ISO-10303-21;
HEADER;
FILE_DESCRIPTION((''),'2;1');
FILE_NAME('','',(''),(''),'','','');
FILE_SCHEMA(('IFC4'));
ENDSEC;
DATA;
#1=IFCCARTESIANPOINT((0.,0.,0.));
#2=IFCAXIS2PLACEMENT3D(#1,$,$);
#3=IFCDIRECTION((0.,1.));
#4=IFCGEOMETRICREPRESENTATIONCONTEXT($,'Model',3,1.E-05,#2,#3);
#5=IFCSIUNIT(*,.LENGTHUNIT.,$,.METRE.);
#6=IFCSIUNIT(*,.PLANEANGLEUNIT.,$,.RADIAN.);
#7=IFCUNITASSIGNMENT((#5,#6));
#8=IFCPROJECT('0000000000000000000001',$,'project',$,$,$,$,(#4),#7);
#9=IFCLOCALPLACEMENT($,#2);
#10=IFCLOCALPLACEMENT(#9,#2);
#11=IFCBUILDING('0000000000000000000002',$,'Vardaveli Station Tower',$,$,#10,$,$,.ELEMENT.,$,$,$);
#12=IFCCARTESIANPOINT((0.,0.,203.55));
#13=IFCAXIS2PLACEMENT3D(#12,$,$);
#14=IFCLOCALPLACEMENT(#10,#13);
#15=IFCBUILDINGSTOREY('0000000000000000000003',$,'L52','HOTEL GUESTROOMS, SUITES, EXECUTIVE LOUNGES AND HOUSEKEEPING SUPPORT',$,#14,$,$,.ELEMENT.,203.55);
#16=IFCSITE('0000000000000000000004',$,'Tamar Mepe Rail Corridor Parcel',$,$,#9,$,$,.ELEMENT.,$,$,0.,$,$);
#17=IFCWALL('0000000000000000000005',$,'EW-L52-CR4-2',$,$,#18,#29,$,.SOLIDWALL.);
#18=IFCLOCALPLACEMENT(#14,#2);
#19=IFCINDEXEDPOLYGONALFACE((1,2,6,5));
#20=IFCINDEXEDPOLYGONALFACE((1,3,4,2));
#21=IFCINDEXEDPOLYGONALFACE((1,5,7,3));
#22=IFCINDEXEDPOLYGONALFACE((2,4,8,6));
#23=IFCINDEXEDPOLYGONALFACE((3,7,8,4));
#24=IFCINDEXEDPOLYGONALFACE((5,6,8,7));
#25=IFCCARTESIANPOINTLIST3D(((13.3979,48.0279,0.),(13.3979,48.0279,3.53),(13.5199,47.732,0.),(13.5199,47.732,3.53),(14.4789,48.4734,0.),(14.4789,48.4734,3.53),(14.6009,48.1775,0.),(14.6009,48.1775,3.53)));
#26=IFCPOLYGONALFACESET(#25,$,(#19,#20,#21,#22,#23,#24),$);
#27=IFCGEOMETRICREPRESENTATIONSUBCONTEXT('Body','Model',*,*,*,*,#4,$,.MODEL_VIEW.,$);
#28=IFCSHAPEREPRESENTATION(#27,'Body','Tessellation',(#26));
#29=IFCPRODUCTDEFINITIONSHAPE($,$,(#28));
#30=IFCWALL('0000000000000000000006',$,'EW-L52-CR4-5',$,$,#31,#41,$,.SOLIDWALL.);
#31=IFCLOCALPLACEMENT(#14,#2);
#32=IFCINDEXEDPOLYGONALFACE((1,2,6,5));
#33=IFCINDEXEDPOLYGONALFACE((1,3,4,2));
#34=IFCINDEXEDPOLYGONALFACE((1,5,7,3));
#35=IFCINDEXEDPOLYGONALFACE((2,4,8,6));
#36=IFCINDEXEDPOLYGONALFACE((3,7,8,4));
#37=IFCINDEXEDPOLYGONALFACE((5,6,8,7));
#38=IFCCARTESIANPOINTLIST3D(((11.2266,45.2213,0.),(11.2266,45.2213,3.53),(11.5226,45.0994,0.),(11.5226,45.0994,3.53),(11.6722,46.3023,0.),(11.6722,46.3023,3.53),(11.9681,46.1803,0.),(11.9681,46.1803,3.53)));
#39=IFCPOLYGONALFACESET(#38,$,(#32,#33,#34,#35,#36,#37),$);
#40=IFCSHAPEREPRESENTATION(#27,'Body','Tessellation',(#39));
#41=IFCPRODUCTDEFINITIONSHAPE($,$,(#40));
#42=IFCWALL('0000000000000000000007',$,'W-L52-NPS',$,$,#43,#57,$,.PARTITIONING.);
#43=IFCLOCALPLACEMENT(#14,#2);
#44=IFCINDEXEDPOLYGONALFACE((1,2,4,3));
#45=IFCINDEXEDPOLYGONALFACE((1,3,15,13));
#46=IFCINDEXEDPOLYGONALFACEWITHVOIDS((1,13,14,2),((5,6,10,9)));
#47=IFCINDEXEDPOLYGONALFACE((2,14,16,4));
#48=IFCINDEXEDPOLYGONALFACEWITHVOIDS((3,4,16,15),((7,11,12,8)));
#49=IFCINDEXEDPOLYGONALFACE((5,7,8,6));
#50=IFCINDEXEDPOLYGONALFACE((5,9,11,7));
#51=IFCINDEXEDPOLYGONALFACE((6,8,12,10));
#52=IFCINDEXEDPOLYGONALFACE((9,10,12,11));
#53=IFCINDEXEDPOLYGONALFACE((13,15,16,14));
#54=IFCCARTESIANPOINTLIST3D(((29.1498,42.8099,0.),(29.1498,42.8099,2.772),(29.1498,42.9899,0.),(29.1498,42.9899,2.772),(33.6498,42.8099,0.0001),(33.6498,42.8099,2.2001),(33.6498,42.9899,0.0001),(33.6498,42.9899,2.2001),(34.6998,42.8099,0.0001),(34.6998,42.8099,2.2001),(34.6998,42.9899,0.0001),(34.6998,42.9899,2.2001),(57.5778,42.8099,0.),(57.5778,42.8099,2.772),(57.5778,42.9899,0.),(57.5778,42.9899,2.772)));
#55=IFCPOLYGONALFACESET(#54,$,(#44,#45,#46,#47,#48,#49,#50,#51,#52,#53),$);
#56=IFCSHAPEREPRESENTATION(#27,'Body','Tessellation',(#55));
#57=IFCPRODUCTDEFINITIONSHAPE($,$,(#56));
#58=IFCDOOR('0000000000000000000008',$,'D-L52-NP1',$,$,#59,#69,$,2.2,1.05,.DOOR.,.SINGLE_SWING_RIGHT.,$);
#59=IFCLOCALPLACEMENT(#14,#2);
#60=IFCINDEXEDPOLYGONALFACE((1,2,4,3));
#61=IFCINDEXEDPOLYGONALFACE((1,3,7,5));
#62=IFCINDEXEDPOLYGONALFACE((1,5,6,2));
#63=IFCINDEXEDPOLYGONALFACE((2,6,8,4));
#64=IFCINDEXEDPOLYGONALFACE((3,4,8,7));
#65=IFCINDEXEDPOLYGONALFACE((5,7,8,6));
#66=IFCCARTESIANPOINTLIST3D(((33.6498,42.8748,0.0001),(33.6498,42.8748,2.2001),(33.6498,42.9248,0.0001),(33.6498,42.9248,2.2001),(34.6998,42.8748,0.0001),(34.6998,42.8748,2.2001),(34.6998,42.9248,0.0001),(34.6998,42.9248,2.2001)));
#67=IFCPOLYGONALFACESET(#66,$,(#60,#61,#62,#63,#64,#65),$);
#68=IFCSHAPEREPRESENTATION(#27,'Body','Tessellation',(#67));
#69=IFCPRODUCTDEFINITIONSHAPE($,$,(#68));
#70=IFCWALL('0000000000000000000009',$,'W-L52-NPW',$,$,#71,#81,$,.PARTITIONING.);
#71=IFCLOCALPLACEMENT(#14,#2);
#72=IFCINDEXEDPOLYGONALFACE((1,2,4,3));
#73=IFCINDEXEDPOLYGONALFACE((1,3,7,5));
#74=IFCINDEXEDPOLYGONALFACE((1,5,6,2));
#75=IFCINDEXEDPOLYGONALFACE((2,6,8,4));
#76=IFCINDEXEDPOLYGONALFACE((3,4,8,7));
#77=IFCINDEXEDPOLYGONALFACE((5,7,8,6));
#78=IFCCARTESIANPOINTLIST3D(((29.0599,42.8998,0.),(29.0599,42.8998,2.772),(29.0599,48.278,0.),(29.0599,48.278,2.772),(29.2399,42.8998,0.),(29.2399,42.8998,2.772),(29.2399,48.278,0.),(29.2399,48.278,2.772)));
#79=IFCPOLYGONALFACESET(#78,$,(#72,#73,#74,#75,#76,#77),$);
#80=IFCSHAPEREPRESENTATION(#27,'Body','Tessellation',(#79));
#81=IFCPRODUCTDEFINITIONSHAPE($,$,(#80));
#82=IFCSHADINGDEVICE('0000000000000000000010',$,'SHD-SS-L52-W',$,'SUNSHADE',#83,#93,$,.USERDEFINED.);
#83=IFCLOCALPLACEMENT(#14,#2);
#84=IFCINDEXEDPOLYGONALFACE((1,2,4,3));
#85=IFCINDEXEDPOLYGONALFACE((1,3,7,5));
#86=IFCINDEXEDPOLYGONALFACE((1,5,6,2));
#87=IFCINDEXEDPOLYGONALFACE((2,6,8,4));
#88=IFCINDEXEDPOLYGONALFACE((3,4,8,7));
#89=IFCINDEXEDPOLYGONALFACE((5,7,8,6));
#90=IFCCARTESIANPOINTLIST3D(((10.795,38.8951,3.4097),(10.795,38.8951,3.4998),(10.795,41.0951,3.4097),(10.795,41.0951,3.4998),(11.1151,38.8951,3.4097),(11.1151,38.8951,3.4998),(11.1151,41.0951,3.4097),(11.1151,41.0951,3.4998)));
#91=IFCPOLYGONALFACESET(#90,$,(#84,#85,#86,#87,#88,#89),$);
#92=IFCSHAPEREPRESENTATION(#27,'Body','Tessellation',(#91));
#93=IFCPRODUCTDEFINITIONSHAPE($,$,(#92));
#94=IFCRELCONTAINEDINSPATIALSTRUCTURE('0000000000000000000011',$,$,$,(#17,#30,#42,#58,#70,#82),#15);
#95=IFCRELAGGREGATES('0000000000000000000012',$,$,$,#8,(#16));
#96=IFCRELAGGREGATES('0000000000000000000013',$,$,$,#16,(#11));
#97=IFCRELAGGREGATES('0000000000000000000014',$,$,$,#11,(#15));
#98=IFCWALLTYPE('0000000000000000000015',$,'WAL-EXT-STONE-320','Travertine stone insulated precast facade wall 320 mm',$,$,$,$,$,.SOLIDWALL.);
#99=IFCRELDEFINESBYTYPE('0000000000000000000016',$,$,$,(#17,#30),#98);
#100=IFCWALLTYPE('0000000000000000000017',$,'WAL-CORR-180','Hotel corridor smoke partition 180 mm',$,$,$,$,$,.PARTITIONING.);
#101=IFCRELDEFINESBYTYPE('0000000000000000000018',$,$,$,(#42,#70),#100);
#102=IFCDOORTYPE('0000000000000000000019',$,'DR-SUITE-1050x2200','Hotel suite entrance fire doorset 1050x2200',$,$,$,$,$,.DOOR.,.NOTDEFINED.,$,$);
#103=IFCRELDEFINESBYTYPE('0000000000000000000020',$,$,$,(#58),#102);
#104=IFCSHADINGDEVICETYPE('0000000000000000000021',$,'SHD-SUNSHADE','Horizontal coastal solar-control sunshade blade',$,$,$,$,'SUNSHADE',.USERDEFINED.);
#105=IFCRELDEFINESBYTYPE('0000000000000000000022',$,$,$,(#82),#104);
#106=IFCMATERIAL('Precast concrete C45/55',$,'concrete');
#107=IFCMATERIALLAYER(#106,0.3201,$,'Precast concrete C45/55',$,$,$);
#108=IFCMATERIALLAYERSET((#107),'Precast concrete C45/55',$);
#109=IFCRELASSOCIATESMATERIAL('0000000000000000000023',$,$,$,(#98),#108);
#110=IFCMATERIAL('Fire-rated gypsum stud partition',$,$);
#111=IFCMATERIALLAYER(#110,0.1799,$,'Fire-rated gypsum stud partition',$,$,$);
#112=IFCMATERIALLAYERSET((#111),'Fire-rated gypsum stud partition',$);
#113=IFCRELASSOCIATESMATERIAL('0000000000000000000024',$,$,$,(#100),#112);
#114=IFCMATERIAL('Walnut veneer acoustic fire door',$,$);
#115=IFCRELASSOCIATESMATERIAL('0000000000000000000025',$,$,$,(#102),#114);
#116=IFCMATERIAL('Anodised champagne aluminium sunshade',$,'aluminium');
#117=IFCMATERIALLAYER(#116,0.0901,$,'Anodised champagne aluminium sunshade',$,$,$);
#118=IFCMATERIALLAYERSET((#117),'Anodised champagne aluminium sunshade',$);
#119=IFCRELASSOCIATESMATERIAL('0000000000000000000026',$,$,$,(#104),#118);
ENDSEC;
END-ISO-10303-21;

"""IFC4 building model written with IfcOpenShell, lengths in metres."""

from ifc_helpers import new_model, si_unit, direction, frame, frame_2d, origin, origin_2d, place, context, subcontext, project, spatial, rectangle, extrude, source, transform, mapped, material, layer, layer_set, type_object, element, fill, save


model = new_model("IFC4")

# Units and contexts
model_context = context("Model", 3, precision=1e-05, world=origin(), true_north=direction((0.0, 1.0)))
body_context = subcontext(model_context, "Body", "Model", "MODEL_VIEW")
ifc_project = project(units=[si_unit("LENGTHUNIT", "METRE"), si_unit("PLANEANGLEUNIT", "RADIAN")], contexts=[model_context])

# Site, building, storey
site_placement = place(None, origin())
site = spatial("IfcSite", under=ifc_project, at=site_placement, Name="Tamar Mepe Rail Corridor Parcel", CompositionType="ELEMENT", RefElevation=0.0)
building_placement = place(site_placement, origin())
building = spatial("IfcBuilding", under=site, at=building_placement, Name="Vardaveli Station Tower", CompositionType="ELEMENT")
storey_placement = place(building_placement, frame((0.0, 0.0, 203.55)))
storey = spatial("IfcBuildingStorey", under=building, at=storey_placement, Name="L52", Description="HOTEL GUESTROOMS, SUITES, EXECUTIVE LOUNGES AND HOUSEKEEPING SUPPORT", CompositionType="ELEMENT", Elevation=203.55)

# Shared definitions
ifc_material_1 = material(Name="Precast concrete C45/55", Category="concrete")

# Shared definitions
ifc_layer_1 = layer(ifc_material_1, 0.3201, Name="Precast concrete C45/55")
ifc_layer_set_1 = layer_set([ifc_layer_1], Name="Precast concrete C45/55")
wall_type_1 = type_object("IfcWallType", Name="WAL-EXT-STONE-320", Description="Travertine stone insulated precast facade wall 320 mm", PredefinedType="SOLIDWALL", material=ifc_layer_set_1)

# Walls
shared_shape_1 = source(origin(), body_context, "Body", "SweptSolid", [
    extrude(rectangle(XDim=1.1692, YDim=0.3201, at=frame_2d((0.5845, 0.0))), origin(), (0.0, 0.0, 1.0), 3.53),
])
for number, where, z_axis, x_axis, name in (
    (1, (14.5398, 48.3254, 0.0), (0.0, 0.0, 1.0), (-0.924553, -0.381054, 0.0), "EW-L52-CR4-2"),
    (2, (11.8201, 46.2412, 0.0), (0.0, 0.0, 1.0), (-0.381054, -0.924553, 0.0), "EW-L52-CR4-5"),
):
    element("IfcWall", number, at=place(storey_placement, frame(where, z_axis=z_axis, x_axis=x_axis)), inside=storey, type_object=wall_type_1, Name=name, PredefinedType="SOLIDWALL", context=body_context, shape_type="MappedRepresentation", body=[
        mapped(shared_shape_1, transform((0.0, 0.0, 0.0), scale=1.0)),
    ])

# Wall, opening, door
ifc_material_2 = material(Name="Fire-rated gypsum stud partition")
ifc_layer_2 = layer(ifc_material_2, 0.1799, Name="Fire-rated gypsum stud partition")
ifc_layer_set_2 = layer_set([ifc_layer_2], Name="Fire-rated gypsum stud partition")
wall_type_2 = type_object("IfcWallType", Name="WAL-CORR-180", Description="Hotel corridor smoke partition 180 mm", PredefinedType="PARTITIONING", material=ifc_layer_set_2)
shared_shape_2 = source(origin(), body_context, "Body", "SweptSolid", [
    extrude(rectangle(XDim=28.428, YDim=0.1799, at=frame_2d((14.2139, 0.0))), origin(), (0.0, 0.0, 1.0), 2.772),
])
wall_1_placement = place(storey_placement, frame((29.1499, 42.8999, 0.0), z_axis=(0.0, 0.0, 1.0), x_axis=(1.0, 0.0, 0.0)))
wall_1 = element("IfcWall", 3, at=wall_1_placement, inside=storey, type_object=wall_type_2, Name="W-L52-NPS", PredefinedType="PARTITIONING", context=body_context, shape_type="MappedRepresentation", body=[
    mapped(shared_shape_2, transform((0.0, 0.0, 0.0), scale=1.0)),
])
shared_shape_3 = source(origin(), body_context, "Body", "SweptSolid", [
    extrude(rectangle(XDim=1.05, YDim=2.2, at=frame_2d((0.5249, 1.1001))), frame((0.0, 0.1001, 0.0), z_axis=(0.0, -1.0, 0.0), x_axis=(1.0, 0.0, 0.0)), (0.0, 0.0, 1.0), 0.2),
])
opening_1_placement = place(wall_1_placement, frame((4.5, 0.0, 0.0)))
opening_1 = element("IfcOpeningElement", 4, at=opening_1_placement, cuts=wall_1, PredefinedType="OPENING", context=body_context, shape_type="MappedRepresentation", body=[
    mapped(shared_shape_3, transform((0.0, 0.0, 0.0), scale=1.0)),
])
ifc_material_3 = material(Name="Walnut veneer acoustic fire door")
door_type_1 = type_object("IfcDoorType", Name="DR-SUITE-1050x2200", Description="Hotel suite entrance fire doorset 1050x2200", OperationType="NOTDEFINED", PredefinedType="DOOR", material=ifc_material_3)
shared_shape_4 = source(origin(), body_context, "Body", "SweptSolid", [
    extrude(rectangle(XDim=1.05, YDim=2.2, at=frame_2d((0.5249, 1.1001))), frame((0.0, 0.0249, 0.0), z_axis=(0.0, -1.0, 0.0), x_axis=(1.0, 0.0, 0.0)), (0.0, 0.0, 1.0), 0.05),
])
door_1_placement = place(opening_1_placement, origin())
door_1 = element("IfcDoor", 5, at=door_1_placement, inside=storey, type_object=door_type_1, Name="D-L52-NP1", OperationType="SINGLE_SWING_RIGHT", OverallHeight=2.2, OverallWidth=1.05, PredefinedType="DOOR", context=body_context, shape_type="MappedRepresentation", body=[
    mapped(shared_shape_4, transform((0.0, 0.0, 0.0), scale=1.0)),
])
fill(opening_1, door_1)

# Wall
shared_shape_5 = source(origin(), body_context, "Body", "SweptSolid", [
    extrude(rectangle(XDim=5.3782, YDim=0.1799, at=frame_2d((2.689, 0.0))), origin(), (0.0, 0.0, 1.0), 2.772),
])
wall_2_placement = place(storey_placement, frame((29.1499, 42.8999, 0.0), z_axis=(0.0, 0.0, 1.0), x_axis=(0.0, 1.0, 0.0)))
element("IfcWall", 6, at=wall_2_placement, inside=storey, type_object=wall_type_2, Name="W-L52-NPW", PredefinedType="PARTITIONING", context=body_context, shape_type="MappedRepresentation", body=[
    mapped(shared_shape_5, transform((0.0, 0.0, 0.0), scale=1.0)),
])

# Shading device
ifc_material_4 = material(Name="Anodised champagne aluminium sunshade", Category="aluminium")
ifc_layer_3 = layer(ifc_material_4, 0.0901, Name="Anodised champagne aluminium sunshade")
ifc_layer_set_3 = layer_set([ifc_layer_3], Name="Anodised champagne aluminium sunshade")
shading_device_type = type_object("IfcShadingDeviceType", Name="SHD-SUNSHADE", Description="Horizontal coastal solar-control sunshade blade", ElementType="SUNSHADE", PredefinedType="USERDEFINED", material=ifc_layer_set_3)
shared_shape_6 = source(origin(), body_context, "Body", "SweptSolid", [
    extrude(rectangle(XDim=2.2, YDim=0.3201, at=origin_2d()), origin(), (0.0, 0.0, 1.0), 0.0901),
])
shading_device_placement = place(storey_placement, frame((10.9551, 39.9951, 3.4097), z_axis=(0.0, 0.0, 1.0), x_axis=(0.0, 1.0, 0.0)))
element("IfcShadingDevice", 7, at=shading_device_placement, inside=storey, type_object=shading_device_type, Name="SHD-SS-L52-W", ObjectType="SUNSHADE", PredefinedType="USERDEFINED", context=body_context, shape_type="MappedRepresentation", body=[
    mapped(shared_shape_6, transform((0.0, 0.0, 0.0), scale=1.0)),
])

save(model, "model.ifc")
